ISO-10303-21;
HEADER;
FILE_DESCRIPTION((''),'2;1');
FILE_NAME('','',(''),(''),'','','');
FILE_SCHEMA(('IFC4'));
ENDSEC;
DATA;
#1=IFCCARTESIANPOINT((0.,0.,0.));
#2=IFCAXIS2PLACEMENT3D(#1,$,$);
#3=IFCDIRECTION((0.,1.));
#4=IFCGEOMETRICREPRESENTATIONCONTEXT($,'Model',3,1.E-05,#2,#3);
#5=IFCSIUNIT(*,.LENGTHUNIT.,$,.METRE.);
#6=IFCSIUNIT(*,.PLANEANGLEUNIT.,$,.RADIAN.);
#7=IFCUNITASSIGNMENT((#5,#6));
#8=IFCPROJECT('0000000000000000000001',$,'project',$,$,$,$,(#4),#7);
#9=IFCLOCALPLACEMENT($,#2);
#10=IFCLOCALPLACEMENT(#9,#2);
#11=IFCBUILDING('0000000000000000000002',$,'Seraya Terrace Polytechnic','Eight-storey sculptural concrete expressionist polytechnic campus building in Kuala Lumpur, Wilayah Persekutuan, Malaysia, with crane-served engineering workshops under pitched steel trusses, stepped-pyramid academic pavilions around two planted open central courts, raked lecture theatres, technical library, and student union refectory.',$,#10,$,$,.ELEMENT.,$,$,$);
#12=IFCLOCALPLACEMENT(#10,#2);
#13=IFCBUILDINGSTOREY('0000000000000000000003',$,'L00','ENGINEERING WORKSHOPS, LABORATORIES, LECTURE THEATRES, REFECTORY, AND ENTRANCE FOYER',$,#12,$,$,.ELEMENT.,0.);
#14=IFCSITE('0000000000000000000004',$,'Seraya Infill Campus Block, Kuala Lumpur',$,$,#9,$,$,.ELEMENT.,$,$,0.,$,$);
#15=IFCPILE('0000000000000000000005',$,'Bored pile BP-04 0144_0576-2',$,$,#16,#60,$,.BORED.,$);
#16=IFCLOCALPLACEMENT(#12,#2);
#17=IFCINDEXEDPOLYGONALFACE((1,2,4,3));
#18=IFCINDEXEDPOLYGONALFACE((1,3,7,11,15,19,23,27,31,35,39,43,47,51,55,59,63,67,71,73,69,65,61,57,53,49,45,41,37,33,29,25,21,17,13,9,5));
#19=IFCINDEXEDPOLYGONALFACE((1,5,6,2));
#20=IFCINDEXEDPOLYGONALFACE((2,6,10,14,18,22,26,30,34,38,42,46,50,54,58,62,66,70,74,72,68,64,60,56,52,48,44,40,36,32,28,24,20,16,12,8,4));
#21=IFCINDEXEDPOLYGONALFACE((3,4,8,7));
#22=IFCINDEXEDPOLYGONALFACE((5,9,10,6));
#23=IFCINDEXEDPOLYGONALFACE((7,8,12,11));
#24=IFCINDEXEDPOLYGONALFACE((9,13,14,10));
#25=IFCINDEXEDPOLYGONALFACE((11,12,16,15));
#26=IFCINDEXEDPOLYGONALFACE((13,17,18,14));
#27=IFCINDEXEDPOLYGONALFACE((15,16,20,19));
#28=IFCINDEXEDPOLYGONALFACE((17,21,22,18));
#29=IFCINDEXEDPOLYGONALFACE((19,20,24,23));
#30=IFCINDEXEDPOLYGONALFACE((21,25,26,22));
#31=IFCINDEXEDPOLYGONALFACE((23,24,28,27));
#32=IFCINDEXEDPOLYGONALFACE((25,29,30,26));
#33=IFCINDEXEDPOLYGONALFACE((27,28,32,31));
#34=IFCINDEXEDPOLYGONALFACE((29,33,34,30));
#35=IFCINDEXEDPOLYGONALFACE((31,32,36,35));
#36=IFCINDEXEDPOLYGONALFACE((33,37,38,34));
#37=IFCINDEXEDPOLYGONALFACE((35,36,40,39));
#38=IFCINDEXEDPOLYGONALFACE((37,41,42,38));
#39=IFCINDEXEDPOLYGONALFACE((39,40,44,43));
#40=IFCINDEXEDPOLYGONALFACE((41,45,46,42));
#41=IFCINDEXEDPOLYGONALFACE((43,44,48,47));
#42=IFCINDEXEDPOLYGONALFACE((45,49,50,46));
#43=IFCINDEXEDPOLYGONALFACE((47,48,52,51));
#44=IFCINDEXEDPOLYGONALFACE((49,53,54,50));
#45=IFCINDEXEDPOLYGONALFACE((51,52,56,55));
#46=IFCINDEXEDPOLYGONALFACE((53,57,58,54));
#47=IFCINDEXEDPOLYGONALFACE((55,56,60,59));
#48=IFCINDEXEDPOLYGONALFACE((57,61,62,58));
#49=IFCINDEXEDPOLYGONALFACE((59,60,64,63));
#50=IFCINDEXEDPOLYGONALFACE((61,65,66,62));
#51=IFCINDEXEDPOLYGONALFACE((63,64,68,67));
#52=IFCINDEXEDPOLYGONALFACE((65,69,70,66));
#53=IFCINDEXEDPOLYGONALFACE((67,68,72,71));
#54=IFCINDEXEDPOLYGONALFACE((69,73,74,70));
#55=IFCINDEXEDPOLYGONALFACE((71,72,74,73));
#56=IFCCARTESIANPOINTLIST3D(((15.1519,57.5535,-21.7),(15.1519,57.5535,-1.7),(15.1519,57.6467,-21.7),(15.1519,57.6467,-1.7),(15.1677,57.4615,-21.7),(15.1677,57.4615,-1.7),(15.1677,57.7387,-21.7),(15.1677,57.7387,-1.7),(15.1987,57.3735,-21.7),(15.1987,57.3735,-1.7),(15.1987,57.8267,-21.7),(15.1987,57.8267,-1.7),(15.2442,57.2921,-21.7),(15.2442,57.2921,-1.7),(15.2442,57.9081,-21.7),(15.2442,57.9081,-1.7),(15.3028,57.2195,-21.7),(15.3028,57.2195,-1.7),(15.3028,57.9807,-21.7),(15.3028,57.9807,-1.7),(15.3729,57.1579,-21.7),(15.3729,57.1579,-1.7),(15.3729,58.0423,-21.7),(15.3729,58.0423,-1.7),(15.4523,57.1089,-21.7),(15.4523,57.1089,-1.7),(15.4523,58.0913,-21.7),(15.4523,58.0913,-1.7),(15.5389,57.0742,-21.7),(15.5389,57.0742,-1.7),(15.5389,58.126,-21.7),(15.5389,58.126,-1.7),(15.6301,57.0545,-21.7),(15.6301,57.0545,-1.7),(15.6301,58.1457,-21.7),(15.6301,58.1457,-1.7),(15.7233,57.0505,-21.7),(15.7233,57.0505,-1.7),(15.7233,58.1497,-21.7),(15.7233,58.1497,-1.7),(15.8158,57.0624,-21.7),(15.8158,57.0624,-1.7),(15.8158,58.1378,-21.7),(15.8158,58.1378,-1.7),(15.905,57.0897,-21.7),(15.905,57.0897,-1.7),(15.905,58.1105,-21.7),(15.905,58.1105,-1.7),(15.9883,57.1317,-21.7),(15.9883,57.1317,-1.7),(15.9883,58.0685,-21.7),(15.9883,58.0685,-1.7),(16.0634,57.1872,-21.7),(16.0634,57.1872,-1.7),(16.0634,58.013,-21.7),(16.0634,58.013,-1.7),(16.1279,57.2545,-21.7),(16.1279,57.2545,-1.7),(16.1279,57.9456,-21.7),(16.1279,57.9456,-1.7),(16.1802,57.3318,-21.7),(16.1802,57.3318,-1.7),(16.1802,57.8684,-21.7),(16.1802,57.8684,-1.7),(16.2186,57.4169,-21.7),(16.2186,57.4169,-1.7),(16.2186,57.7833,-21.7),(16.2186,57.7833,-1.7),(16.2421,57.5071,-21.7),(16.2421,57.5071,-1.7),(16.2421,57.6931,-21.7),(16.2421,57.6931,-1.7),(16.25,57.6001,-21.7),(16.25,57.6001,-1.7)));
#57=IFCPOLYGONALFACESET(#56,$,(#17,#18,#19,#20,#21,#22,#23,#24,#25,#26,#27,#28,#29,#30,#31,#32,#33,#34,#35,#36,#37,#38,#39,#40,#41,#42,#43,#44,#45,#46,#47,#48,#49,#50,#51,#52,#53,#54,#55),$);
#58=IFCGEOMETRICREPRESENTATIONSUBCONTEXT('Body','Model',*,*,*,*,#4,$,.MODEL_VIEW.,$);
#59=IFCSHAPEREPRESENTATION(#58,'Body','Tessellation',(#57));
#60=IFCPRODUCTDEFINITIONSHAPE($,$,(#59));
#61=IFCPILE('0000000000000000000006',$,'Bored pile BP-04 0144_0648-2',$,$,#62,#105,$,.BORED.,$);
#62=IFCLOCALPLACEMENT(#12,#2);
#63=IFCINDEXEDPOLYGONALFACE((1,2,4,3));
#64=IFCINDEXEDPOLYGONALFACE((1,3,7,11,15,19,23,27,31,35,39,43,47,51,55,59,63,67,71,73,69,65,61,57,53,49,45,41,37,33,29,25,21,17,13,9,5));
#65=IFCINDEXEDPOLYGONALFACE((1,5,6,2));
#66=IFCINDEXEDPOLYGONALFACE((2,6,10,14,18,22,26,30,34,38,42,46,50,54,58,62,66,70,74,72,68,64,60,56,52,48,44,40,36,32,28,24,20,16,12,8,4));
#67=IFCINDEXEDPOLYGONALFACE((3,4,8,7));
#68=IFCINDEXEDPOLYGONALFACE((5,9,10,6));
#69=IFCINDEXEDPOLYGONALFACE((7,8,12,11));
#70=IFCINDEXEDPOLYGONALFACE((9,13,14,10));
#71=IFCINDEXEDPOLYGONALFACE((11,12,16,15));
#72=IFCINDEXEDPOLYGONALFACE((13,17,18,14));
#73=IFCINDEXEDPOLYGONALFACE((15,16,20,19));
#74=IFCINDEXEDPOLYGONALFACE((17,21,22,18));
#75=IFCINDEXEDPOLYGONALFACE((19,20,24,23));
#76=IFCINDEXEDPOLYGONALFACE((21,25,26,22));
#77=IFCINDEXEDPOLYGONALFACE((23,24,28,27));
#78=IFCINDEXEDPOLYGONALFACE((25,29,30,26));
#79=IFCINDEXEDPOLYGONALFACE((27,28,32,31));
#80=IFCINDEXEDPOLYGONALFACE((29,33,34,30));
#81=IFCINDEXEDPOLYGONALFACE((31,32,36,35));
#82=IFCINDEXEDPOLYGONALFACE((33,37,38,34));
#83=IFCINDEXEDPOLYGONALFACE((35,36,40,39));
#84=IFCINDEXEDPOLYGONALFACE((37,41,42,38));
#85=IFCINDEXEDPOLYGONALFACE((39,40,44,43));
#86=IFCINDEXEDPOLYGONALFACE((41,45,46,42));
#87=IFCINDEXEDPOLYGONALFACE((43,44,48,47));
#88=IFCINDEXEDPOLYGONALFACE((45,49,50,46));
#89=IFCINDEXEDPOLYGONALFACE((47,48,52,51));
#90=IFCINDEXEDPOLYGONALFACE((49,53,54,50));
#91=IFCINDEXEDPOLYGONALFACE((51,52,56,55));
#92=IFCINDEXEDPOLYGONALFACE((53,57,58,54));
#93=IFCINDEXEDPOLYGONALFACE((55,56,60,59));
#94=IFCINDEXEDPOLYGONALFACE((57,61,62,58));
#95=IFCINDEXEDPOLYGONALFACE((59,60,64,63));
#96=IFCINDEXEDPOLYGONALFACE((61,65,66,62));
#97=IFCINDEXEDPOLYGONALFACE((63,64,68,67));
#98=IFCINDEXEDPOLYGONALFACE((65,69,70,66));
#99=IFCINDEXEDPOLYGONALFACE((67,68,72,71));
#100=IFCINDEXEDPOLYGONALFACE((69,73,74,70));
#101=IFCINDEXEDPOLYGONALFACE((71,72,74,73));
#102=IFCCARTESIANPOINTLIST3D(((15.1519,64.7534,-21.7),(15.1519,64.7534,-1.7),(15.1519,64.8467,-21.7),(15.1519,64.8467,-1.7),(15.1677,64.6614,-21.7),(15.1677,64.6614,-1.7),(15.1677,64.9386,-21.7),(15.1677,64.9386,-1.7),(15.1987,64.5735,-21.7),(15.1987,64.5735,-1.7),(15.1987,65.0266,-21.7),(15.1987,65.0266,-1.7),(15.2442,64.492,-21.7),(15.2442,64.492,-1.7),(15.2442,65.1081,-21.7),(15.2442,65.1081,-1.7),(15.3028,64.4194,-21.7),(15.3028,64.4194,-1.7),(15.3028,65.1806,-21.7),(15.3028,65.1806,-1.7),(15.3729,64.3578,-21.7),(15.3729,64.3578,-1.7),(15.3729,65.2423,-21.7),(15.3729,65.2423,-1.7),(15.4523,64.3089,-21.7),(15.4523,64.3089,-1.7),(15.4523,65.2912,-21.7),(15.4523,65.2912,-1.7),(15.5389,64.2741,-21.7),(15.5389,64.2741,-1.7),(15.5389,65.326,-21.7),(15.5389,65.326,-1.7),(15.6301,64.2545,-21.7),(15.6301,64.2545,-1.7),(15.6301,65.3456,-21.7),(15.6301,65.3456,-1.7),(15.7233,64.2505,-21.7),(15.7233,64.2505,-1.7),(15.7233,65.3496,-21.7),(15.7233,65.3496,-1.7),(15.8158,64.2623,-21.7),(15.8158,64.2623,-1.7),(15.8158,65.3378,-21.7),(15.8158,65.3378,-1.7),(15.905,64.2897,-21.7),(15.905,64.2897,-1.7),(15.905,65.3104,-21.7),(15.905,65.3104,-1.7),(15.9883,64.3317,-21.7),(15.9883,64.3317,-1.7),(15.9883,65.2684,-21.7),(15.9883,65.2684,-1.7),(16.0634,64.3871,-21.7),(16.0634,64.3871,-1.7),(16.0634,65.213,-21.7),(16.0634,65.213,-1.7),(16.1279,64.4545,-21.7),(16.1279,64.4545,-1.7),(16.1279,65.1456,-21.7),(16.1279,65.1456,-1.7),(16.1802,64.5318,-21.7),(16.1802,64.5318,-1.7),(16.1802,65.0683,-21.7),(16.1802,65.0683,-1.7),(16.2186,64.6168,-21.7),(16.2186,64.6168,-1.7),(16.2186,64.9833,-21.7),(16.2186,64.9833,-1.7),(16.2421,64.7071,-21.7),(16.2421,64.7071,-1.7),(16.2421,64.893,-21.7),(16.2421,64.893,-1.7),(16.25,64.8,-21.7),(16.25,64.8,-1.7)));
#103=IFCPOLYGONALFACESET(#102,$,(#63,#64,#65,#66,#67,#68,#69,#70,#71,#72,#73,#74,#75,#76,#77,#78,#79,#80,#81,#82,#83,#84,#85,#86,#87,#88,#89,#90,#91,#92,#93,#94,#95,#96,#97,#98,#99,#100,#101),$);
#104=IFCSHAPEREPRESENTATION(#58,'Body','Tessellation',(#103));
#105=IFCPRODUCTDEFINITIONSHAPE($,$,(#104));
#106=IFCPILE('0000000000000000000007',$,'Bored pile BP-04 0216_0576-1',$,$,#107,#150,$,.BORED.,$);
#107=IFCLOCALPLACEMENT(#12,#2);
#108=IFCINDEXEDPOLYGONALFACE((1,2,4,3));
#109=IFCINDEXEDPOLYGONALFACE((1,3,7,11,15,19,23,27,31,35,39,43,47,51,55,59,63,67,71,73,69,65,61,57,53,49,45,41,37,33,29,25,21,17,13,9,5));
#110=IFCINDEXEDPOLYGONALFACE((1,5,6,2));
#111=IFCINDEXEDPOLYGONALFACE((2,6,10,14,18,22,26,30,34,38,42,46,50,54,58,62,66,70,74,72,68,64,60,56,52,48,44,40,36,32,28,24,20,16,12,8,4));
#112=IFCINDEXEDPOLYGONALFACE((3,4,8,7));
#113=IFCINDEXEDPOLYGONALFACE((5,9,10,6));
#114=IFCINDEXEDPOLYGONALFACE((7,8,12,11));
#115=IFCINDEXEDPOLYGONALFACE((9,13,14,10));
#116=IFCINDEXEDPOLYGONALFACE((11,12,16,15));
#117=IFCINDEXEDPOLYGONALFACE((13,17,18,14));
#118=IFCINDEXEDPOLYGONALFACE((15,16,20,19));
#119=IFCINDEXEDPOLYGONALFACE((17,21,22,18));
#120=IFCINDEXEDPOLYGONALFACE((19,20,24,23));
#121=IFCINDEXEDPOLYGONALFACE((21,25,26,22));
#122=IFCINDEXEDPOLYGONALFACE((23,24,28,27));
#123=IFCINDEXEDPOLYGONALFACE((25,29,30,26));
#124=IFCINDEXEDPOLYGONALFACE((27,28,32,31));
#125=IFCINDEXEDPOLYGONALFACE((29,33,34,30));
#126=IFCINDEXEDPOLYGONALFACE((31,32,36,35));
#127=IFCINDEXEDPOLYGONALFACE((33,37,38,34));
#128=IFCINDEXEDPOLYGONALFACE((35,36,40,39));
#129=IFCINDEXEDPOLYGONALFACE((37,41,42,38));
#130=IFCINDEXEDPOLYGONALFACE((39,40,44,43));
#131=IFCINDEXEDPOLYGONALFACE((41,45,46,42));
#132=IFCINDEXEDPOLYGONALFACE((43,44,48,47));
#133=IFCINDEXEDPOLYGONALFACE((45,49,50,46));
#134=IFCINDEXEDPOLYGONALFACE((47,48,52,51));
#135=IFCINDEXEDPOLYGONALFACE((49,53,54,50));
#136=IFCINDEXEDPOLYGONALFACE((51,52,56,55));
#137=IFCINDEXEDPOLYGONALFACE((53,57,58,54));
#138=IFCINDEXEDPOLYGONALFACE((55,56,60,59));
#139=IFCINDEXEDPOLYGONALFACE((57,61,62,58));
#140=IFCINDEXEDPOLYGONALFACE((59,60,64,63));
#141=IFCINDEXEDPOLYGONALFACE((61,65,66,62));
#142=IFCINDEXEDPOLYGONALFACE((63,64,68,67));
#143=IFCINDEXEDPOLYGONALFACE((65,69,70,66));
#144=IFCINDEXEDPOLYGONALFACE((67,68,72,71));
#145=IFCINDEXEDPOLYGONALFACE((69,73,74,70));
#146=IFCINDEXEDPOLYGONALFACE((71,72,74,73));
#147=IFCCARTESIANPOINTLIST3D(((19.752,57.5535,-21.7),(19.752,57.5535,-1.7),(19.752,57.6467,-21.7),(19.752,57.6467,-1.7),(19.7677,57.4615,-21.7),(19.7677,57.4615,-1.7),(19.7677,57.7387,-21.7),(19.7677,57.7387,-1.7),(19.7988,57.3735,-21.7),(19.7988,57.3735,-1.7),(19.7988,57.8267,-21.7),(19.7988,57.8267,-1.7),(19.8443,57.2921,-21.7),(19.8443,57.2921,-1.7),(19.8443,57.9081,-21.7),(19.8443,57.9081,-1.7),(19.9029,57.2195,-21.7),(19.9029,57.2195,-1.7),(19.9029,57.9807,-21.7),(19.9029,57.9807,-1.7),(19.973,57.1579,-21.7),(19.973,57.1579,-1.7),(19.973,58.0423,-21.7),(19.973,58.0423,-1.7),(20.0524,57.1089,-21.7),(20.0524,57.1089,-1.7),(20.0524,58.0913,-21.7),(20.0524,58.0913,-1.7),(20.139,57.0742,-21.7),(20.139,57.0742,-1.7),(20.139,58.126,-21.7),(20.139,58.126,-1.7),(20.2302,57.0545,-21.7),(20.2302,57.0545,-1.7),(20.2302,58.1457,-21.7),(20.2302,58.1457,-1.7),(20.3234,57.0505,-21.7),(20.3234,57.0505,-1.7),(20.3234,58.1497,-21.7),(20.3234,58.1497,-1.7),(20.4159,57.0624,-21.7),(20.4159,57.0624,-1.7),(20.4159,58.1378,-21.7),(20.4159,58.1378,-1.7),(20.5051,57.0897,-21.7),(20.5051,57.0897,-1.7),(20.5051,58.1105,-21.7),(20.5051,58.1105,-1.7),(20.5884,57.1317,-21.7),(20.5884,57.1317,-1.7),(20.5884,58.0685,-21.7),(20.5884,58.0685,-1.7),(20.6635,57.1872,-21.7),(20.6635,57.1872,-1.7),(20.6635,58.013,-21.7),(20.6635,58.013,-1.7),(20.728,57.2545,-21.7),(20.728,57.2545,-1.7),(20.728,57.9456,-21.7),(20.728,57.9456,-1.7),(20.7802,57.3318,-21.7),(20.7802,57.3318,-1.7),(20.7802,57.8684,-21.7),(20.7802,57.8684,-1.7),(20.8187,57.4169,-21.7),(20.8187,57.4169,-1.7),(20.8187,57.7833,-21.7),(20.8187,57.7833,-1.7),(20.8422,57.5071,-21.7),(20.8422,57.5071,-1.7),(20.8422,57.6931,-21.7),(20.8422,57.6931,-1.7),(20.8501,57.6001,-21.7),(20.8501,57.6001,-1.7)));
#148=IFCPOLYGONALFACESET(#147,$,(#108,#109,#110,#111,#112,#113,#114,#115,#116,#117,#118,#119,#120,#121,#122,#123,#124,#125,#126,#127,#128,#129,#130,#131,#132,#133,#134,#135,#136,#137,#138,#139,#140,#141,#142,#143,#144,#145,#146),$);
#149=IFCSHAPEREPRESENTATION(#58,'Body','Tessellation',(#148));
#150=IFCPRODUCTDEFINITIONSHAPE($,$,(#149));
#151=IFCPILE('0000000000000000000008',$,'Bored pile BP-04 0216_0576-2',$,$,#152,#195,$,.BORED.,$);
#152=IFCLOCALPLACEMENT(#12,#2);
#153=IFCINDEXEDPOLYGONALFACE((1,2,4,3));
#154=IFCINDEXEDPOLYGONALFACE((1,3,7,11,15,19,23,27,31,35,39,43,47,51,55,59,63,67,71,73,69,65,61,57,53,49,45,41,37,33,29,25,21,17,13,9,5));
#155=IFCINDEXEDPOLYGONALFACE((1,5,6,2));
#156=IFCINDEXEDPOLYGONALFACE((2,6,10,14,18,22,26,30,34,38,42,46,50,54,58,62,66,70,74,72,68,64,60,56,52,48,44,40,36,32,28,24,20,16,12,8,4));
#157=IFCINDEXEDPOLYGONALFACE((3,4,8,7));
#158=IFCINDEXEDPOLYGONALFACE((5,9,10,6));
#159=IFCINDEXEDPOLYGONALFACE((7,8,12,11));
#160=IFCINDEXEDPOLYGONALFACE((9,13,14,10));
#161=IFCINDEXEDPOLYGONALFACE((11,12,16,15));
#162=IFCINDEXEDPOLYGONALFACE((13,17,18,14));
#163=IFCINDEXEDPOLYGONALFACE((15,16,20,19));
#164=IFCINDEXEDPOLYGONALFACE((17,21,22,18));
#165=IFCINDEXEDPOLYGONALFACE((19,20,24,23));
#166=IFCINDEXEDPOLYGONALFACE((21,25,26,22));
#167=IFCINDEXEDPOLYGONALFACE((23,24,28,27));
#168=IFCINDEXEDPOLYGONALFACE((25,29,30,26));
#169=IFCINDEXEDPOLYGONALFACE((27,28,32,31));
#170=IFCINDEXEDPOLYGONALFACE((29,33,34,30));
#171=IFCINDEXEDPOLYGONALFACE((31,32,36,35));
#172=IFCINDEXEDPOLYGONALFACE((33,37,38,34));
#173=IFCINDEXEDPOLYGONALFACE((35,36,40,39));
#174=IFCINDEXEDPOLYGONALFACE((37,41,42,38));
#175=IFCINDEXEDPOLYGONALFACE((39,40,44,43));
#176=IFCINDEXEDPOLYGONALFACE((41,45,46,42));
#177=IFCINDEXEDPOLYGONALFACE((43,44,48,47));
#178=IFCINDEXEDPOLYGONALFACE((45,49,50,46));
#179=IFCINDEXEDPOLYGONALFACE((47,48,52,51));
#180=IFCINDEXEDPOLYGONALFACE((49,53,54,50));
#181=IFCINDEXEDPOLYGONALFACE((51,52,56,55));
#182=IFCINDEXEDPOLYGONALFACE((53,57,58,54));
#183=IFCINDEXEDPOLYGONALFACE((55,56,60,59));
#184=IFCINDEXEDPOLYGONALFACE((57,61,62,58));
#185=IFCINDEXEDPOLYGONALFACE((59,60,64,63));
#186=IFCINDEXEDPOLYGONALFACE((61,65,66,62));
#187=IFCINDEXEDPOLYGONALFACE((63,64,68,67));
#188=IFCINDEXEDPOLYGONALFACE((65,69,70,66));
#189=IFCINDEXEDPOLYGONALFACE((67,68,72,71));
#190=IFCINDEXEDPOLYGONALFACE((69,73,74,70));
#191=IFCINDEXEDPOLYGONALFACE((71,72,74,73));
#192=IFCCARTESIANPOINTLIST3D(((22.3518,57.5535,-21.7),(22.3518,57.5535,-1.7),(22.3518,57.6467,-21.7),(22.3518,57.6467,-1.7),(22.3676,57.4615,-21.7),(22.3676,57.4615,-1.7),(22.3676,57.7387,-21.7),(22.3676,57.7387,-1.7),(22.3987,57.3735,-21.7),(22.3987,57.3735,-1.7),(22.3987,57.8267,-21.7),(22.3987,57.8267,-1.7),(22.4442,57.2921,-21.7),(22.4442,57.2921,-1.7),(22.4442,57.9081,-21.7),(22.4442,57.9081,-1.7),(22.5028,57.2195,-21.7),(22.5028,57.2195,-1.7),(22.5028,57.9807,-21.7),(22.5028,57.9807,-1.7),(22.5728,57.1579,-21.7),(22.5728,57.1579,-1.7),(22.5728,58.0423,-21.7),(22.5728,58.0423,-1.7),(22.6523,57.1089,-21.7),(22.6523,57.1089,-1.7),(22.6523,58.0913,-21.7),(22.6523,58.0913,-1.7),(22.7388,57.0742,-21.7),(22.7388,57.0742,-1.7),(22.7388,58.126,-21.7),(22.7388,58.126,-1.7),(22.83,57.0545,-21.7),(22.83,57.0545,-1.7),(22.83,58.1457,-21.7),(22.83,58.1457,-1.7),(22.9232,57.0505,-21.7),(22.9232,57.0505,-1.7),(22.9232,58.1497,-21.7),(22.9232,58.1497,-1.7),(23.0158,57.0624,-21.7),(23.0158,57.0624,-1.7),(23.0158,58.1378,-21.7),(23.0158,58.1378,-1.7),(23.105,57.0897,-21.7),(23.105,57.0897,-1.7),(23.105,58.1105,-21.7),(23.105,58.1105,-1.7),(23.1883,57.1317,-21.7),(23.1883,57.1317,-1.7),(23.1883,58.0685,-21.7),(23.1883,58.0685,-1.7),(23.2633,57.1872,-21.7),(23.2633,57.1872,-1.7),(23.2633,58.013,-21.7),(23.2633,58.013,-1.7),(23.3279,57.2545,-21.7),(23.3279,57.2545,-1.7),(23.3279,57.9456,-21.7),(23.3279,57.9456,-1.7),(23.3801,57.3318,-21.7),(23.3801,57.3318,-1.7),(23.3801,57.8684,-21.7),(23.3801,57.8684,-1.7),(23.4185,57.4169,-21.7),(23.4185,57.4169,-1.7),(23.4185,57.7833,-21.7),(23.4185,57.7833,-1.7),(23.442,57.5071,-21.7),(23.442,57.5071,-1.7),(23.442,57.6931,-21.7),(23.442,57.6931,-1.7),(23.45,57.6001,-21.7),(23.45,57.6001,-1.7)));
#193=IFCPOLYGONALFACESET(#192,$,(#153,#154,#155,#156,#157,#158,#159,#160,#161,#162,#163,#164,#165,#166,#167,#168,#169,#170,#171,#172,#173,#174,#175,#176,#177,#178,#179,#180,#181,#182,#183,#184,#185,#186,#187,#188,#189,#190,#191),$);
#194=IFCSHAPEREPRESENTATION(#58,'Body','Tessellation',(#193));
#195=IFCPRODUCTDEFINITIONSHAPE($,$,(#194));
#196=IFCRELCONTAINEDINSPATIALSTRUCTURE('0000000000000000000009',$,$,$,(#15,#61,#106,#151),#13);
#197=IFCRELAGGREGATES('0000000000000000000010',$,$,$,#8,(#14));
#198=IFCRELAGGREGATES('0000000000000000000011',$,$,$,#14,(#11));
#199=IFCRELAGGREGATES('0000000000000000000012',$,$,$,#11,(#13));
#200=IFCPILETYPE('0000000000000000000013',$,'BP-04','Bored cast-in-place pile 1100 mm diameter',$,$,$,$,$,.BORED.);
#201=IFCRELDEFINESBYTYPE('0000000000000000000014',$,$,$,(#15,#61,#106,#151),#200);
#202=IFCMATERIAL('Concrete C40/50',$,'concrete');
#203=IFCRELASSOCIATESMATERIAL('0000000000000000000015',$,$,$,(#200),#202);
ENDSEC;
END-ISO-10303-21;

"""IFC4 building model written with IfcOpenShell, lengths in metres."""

from ifc_helpers import new_model, si_unit, direction, frame, origin, origin_2d, place, context, subcontext, project, spatial, circle, extrude, material, material_profile, profile_set, type_object, element, save


model = new_model("IFC4")

# Units and contexts
model_context = context("Model", 3, precision=1e-05, world=origin(), true_north=direction((0.0, 1.0)))
body_context = subcontext(model_context, "Body", "Model", "MODEL_VIEW")
ifc_project = project(units=[si_unit("LENGTHUNIT", "METRE"), si_unit("PLANEANGLEUNIT", "RADIAN")], contexts=[model_context])

# Site, building, storey
site_placement = place(None, origin())
site = spatial("IfcSite", under=ifc_project, at=site_placement, Name="Seraya Infill Campus Block, Kuala Lumpur", CompositionType="ELEMENT", RefElevation=0.0)
building_placement = place(site_placement, origin())
building = spatial("IfcBuilding", under=site, at=building_placement, Name="Seraya Terrace Polytechnic", Description="Eight-storey sculptural concrete expressionist polytechnic campus building in Kuala Lumpur, Wilayah Persekutuan, Malaysia, with crane-served engineering workshops under pitched steel trusses, stepped-pyramid academic pavilions around two planted open central courts, raked lecture theatres, technical library, and student union refectory.", CompositionType="ELEMENT")
storey_placement = place(building_placement, origin())
storey = spatial("IfcBuildingStorey", under=building, at=storey_placement, Name="L00", Description="ENGINEERING WORKSHOPS, LABORATORIES, LECTURE THEATRES, REFECTORY, AND ENTRANCE FOYER", CompositionType="ELEMENT", Elevation=0.0)

# Piles
ifc_material_1 = material(Name="Concrete C40/50", Category="concrete")
ifc_material_profile_1 = material_profile(ifc_material_1, circle(Radius=0.55, at=origin_2d()), Name="DIA 1100")
ifc_profile_set_1 = profile_set([ifc_material_profile_1], Name="Concrete C40/50")
pile_type = type_object("IfcPileType", Name="BP-04", Description="Bored cast-in-place pile 1100 mm diameter", PredefinedType="BORED", material=ifc_profile_set_1)
for number, where, z_axis, x_axis, name in (
    (1, (15.7, 57.6001, -1.7), (0.0, 0.0, -1.0), (1.0, 0.0, 0.0), "Bored pile BP-04 0144_0576-2"),
    (2, (15.7, 64.8, -1.7), (0.0, 0.0, -1.0), (1.0, 0.0, 0.0), "Bored pile BP-04 0144_0648-2"),
    (3, (20.3, 57.6001, -1.7), (0.0, 0.0, -1.0), (1.0, 0.0, 0.0), "Bored pile BP-04 0216_0576-1"),
    (4, (22.8999, 57.6001, -1.7), (0.0, 0.0, -1.0), (1.0, 0.0, 0.0), "Bored pile BP-04 0216_0576-2"),
):
    element("IfcPile", number, at=place(storey_placement, frame(where, z_axis=z_axis, x_axis=x_axis)), inside=storey, type_object=pile_type, Name=name, PredefinedType="BORED", context=body_context, shape_type="SweptSolid", body=[
        extrude(circle(Radius=0.55, at=origin_2d()), origin(), (0.0, 0.0, 1.0), 20.0),
    ])

save(model, "model.ifc")
